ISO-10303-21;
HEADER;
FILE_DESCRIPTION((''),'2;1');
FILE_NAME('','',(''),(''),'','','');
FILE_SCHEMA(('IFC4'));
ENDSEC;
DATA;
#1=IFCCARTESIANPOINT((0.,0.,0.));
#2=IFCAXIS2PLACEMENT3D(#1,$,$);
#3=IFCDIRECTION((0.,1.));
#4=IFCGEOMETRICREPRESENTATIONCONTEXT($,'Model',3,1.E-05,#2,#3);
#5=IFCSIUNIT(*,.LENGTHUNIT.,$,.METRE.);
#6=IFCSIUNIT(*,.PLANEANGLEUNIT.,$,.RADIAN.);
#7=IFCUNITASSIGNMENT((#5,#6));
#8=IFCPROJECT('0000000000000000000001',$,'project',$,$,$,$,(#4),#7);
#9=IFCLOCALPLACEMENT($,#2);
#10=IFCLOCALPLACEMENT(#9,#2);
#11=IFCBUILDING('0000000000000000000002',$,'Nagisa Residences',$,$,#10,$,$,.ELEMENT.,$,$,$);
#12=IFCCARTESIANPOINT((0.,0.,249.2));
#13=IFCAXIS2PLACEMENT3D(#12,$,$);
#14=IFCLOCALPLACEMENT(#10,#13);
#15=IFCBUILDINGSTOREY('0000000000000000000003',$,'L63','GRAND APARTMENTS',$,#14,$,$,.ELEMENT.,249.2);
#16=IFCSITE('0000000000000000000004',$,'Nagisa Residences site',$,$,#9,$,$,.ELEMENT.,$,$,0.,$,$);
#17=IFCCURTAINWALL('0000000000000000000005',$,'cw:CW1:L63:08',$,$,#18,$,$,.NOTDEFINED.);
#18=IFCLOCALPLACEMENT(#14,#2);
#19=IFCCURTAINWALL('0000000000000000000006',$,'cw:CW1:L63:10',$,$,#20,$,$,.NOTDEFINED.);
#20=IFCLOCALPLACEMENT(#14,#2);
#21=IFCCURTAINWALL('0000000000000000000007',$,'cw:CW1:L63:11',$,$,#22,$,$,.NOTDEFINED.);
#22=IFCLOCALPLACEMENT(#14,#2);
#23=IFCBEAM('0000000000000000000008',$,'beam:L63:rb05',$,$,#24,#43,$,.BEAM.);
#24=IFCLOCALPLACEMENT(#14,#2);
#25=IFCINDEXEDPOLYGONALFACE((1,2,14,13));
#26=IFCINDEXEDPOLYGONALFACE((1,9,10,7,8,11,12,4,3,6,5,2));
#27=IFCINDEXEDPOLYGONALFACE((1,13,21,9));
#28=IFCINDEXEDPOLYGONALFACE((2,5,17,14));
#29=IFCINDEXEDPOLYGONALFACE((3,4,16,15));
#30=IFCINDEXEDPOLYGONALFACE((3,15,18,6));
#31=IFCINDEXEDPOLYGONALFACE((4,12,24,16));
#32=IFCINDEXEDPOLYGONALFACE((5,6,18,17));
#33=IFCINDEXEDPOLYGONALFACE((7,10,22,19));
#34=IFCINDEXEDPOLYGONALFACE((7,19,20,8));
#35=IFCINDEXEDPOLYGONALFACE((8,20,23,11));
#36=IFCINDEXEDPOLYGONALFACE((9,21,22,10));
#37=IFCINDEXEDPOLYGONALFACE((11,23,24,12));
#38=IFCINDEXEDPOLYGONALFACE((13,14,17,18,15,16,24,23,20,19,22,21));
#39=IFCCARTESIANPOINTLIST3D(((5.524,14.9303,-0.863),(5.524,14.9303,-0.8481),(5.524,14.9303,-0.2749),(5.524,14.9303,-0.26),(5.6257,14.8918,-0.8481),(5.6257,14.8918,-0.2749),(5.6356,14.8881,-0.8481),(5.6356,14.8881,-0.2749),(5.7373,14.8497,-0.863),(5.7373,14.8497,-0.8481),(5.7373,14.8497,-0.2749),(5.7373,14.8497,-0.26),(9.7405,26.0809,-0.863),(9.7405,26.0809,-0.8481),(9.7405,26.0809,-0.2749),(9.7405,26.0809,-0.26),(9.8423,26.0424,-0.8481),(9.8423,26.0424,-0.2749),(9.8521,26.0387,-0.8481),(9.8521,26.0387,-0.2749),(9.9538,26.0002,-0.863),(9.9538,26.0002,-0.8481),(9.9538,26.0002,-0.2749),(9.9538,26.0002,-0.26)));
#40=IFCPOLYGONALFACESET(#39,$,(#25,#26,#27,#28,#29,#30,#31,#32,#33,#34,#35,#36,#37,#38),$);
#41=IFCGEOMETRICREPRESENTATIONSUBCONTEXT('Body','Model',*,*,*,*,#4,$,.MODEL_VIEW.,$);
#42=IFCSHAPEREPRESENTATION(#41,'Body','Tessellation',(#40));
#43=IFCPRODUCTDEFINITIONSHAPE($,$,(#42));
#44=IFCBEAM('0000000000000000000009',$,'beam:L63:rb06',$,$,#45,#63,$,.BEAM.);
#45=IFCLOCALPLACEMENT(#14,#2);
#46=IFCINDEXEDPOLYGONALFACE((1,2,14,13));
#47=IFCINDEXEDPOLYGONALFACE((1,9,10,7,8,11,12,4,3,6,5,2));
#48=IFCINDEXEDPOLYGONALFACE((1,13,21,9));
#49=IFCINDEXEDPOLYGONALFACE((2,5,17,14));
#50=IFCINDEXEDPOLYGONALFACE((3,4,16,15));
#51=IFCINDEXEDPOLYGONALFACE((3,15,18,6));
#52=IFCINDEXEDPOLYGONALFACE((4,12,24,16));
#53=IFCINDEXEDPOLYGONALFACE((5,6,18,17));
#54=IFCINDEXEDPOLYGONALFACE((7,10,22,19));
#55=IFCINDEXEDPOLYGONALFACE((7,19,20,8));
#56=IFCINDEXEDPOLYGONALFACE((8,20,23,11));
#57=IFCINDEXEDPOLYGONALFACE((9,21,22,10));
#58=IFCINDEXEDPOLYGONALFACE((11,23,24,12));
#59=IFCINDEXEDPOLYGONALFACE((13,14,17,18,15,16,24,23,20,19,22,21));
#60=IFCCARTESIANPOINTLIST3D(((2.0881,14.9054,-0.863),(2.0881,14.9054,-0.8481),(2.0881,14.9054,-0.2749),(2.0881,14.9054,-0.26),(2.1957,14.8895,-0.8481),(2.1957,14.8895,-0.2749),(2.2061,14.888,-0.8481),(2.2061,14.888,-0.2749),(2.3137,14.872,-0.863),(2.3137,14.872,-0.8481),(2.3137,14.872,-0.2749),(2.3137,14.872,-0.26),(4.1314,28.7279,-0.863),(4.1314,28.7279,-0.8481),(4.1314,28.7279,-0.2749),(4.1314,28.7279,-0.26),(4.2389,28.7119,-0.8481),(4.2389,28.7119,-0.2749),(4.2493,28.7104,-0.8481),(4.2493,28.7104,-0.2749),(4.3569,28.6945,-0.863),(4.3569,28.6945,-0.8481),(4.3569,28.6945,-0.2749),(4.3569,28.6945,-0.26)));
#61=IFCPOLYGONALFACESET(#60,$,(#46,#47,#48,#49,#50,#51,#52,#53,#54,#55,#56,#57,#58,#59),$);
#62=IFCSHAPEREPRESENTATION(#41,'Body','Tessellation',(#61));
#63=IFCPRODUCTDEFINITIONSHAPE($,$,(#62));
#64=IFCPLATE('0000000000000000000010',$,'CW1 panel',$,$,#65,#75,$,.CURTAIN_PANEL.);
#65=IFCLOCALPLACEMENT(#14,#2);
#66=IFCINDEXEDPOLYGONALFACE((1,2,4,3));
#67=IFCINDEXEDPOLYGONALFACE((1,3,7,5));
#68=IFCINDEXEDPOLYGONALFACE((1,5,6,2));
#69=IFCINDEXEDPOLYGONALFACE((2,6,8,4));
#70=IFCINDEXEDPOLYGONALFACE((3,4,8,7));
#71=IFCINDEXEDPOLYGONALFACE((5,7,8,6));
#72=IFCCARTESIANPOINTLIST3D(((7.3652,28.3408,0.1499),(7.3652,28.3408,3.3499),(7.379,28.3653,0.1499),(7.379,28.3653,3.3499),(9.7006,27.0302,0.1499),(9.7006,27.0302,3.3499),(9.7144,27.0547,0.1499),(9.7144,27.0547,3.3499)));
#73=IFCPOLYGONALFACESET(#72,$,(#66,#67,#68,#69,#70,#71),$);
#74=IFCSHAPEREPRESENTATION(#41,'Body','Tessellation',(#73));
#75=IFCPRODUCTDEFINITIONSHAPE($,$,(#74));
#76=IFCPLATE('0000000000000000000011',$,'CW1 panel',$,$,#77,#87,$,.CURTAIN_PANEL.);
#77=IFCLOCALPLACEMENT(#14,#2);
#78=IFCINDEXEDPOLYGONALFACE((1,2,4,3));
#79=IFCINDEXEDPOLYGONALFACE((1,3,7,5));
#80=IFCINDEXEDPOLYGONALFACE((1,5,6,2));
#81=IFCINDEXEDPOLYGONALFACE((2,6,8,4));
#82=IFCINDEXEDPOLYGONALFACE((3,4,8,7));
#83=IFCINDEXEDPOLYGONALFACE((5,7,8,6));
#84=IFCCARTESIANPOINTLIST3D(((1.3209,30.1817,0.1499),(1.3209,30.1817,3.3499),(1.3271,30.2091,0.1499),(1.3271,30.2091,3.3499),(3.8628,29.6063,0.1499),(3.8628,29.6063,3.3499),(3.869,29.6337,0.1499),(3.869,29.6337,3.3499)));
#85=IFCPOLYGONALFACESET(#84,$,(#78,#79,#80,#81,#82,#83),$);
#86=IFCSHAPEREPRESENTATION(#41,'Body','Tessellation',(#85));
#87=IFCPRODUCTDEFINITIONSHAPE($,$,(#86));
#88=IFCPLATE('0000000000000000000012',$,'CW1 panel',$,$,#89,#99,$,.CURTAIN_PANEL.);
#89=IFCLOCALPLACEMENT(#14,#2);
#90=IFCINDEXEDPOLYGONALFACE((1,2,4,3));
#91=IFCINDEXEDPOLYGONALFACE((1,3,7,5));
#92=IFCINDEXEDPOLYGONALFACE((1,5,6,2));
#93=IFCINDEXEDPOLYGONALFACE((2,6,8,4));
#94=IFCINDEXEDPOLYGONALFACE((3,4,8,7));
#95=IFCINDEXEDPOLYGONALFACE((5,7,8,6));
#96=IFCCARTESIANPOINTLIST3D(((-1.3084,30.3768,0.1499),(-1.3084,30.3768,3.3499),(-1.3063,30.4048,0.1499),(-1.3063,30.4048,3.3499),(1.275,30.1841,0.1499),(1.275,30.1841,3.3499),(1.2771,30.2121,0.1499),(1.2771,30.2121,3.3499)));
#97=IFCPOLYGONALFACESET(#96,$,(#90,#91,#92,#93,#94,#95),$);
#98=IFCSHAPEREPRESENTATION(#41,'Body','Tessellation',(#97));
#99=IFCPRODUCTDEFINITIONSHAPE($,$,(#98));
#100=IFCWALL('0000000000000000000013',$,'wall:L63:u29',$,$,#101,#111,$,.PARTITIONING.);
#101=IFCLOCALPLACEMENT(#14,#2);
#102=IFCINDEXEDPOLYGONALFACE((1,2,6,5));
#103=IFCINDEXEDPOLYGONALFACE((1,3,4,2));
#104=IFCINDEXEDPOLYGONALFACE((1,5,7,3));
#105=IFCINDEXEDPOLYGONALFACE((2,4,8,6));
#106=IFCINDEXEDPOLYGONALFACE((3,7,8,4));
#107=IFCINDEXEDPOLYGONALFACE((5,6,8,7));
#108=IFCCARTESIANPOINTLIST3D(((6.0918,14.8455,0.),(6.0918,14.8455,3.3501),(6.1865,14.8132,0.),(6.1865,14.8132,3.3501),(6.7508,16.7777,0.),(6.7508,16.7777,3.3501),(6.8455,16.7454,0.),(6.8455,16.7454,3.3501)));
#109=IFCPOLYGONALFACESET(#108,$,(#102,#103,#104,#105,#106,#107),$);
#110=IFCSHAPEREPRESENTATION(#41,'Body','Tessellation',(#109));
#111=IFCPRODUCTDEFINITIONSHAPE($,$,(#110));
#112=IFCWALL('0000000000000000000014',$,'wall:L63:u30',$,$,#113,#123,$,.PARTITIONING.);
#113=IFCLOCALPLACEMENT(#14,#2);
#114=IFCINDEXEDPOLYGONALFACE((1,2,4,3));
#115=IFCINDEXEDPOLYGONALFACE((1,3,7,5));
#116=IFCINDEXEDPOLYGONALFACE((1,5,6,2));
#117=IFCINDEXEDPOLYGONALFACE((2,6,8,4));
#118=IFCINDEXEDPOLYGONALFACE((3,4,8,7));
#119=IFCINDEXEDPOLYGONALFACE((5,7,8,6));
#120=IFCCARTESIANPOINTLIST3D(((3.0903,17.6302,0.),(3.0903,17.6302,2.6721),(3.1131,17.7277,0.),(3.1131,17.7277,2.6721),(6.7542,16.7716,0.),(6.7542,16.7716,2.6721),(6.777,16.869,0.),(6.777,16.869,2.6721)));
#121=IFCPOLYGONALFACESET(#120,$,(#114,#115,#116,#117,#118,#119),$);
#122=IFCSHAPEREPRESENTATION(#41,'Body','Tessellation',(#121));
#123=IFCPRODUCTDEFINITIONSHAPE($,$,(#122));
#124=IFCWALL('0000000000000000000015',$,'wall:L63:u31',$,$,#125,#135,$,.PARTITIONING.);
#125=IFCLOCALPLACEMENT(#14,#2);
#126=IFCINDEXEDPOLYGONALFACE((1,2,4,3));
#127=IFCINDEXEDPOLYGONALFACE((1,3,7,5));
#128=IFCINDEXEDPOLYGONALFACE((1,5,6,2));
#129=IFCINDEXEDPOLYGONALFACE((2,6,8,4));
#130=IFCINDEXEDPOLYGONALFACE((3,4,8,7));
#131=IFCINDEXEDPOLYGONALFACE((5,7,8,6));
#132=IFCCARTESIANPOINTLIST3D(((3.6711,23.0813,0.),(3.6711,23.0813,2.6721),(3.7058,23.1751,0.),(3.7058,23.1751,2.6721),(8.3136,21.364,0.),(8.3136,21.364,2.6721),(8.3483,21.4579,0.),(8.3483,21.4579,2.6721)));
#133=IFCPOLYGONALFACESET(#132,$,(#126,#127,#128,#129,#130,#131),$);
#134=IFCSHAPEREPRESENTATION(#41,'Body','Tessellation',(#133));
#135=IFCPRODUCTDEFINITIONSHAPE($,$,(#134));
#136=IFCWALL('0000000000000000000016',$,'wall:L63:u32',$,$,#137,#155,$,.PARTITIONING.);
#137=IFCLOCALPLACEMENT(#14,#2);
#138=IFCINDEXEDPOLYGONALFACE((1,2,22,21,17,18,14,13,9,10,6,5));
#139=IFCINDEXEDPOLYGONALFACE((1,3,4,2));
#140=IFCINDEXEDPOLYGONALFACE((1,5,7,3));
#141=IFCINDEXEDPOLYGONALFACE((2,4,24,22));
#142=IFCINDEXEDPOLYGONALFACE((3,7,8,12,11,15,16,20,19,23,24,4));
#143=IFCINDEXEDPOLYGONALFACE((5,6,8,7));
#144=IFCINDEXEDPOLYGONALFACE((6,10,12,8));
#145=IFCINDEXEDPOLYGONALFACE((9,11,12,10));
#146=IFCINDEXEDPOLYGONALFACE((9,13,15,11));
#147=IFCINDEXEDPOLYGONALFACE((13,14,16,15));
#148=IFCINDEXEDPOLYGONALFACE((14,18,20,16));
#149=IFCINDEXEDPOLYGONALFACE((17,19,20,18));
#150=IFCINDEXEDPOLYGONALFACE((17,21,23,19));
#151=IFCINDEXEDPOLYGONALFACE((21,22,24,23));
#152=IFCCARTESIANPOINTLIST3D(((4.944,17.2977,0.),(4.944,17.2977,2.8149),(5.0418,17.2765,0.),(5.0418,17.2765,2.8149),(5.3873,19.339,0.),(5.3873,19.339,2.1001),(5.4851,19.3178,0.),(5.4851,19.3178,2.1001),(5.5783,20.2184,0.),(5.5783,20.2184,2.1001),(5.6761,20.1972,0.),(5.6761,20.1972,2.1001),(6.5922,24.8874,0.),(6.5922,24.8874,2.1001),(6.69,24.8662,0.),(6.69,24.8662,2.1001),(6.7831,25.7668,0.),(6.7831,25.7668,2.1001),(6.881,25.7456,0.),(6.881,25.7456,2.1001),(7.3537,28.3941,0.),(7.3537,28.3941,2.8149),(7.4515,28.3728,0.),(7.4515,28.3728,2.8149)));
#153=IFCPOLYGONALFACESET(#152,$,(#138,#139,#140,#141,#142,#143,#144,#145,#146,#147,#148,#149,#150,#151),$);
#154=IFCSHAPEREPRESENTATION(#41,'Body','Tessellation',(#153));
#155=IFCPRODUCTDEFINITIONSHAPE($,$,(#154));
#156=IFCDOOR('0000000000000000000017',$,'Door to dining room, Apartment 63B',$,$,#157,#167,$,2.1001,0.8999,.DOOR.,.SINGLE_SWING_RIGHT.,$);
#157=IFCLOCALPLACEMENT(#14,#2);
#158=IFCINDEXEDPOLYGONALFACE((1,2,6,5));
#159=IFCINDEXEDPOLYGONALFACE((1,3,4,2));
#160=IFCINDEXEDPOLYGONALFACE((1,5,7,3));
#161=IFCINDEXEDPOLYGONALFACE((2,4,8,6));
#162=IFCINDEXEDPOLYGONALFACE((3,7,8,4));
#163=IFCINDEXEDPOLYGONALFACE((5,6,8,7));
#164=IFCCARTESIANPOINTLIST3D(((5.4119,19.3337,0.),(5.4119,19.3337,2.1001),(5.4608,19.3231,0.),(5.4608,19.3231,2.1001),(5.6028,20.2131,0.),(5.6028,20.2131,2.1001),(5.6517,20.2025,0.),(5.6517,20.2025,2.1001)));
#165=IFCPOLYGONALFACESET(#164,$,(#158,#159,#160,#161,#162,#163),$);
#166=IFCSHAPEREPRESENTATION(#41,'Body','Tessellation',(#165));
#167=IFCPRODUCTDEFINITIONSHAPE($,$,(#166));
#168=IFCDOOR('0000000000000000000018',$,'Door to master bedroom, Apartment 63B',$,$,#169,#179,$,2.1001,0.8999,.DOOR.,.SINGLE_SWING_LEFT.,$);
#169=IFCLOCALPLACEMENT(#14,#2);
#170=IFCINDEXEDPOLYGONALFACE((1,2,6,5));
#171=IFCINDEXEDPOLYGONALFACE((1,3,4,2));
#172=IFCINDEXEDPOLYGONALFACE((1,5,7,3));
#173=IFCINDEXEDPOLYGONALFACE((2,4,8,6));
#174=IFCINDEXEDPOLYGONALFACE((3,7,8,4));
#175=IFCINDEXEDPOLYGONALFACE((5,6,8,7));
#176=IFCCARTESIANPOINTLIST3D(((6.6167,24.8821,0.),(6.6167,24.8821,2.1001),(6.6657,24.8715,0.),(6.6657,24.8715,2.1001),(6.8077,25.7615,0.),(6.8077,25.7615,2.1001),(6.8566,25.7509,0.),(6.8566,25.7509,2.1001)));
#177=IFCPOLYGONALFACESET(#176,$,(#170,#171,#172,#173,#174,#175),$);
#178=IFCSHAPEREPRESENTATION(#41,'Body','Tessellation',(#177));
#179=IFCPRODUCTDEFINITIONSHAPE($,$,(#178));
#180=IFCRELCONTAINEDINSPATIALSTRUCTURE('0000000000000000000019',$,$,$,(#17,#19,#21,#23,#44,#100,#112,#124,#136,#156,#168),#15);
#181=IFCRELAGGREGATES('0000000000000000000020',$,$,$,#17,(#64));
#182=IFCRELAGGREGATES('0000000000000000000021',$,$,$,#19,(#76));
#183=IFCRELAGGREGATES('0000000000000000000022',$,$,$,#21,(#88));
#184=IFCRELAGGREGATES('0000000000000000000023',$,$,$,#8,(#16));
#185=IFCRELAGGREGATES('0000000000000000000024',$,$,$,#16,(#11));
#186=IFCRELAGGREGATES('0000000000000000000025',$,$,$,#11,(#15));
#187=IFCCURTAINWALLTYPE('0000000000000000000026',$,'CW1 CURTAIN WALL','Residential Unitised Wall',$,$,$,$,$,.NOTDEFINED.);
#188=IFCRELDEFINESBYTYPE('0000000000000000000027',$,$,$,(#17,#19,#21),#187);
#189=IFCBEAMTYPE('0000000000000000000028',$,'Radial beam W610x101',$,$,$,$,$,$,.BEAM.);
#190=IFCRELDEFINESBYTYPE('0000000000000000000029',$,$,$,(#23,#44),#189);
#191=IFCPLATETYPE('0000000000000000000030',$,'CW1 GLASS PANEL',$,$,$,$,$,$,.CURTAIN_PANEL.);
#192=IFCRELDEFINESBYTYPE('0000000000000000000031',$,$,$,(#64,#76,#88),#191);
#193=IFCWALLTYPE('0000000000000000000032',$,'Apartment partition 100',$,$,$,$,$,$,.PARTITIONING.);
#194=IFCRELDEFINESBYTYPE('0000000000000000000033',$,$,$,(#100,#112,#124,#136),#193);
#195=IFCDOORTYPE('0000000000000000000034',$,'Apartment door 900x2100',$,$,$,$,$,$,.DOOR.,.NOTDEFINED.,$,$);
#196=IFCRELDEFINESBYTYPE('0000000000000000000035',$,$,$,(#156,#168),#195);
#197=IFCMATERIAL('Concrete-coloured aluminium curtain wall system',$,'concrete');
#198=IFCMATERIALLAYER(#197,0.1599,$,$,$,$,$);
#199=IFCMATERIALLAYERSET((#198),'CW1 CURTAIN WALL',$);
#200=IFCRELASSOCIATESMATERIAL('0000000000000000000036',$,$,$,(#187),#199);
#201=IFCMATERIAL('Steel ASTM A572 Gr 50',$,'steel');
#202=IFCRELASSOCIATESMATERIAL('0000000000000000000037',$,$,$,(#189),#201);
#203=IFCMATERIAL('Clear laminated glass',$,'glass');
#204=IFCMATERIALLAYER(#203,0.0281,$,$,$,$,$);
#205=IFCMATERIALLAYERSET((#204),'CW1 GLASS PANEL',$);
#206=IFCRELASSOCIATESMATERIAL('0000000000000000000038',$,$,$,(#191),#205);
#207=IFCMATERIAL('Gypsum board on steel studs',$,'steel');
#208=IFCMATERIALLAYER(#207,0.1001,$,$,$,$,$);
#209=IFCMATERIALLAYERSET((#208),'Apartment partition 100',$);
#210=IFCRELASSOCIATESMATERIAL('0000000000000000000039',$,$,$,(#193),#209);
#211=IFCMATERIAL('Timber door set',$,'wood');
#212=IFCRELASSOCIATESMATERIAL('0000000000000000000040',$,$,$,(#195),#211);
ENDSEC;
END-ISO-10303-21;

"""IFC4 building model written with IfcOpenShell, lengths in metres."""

from ifc_helpers import new_model, si_unit, direction, frame, frame_2d, origin, origin_2d, place, context, subcontext, project, spatial, rectangle, i_section, extrude, material, layer, layer_set, material_profile, profile_set, type_object, element, fill, aggregate, save


model = new_model("IFC4")

# Units and contexts
model_context = context("Model", 3, precision=1e-05, world=origin(), true_north=direction((0.0, 1.0)))
body_context = subcontext(model_context, "Body", "Model", "MODEL_VIEW")
ifc_project = project(units=[si_unit("LENGTHUNIT", "METRE"), si_unit("PLANEANGLEUNIT", "RADIAN")], contexts=[model_context])

# Site, building, storey
site_placement = place(None, origin())
site = spatial("IfcSite", under=ifc_project, at=site_placement, Name="Nagisa Residences site", CompositionType="ELEMENT", RefElevation=0.0)
building_placement = place(site_placement, origin())
building = spatial("IfcBuilding", under=site, at=building_placement, Name="Nagisa Residences", CompositionType="ELEMENT")
storey_placement = place(building_placement, frame((0.0, 0.0, 249.2)))
storey = spatial("IfcBuildingStorey", under=building, at=storey_placement, Name="L63", Description="GRAND APARTMENTS", CompositionType="ELEMENT", Elevation=249.2)

# Curtain walls
ifc_material_1 = material(Name="Concrete-coloured aluminium curtain wall system", Category="concrete")
ifc_layer_1 = layer(ifc_material_1, 0.1599)
ifc_layer_set_1 = layer_set([ifc_layer_1], Name="CW1 CURTAIN WALL")
curtain_wall_type = type_object("IfcCurtainWallType", Name="CW1 CURTAIN WALL", Description="Residential Unitised Wall", PredefinedType="NOTDEFINED", material=ifc_layer_set_1)
curtain_wall_1_placement = place(storey_placement, origin())
curtain_wall_1 = element("IfcCurtainWall", 1, at=curtain_wall_1_placement, inside=storey, type_object=curtain_wall_type, Name="cw:CW1:L63:08", PredefinedType="NOTDEFINED")
curtain_wall_2_placement = place(storey_placement, origin())
curtain_wall_2 = element("IfcCurtainWall", 2, at=curtain_wall_2_placement, inside=storey, type_object=curtain_wall_type, Name="cw:CW1:L63:10", PredefinedType="NOTDEFINED")
curtain_wall_3_placement = place(storey_placement, origin())
curtain_wall_3 = element("IfcCurtainWall", 3, at=curtain_wall_3_placement, inside=storey, type_object=curtain_wall_type, Name="cw:CW1:L63:11", PredefinedType="NOTDEFINED")

# Beams
ifc_material_2 = material(Name="Steel ASTM A572 Gr 50", Category="steel")
ifc_material_profile_1 = material_profile(ifc_material_2, i_section(OverallWidth=0.228, OverallDepth=0.603, WebThickness=0.0105, FlangeThickness=0.0149, at=origin_2d()), Name="W610x101")
ifc_profile_set_1 = profile_set([ifc_material_profile_1], Name="Steel ASTM A572 Gr 50")
beam_type_1 = type_object("IfcBeamType", Name="Radial beam W610x101", PredefinedType="BEAM", material=ifc_profile_set_1)
beam_1_placement = place(storey_placement, frame((9.8472, 26.0405, -0.5615), z_axis=(-0.353701, -0.935359, 0.0), x_axis=(0.935359, -0.353701, 0.0)))
element("IfcBeam", 4, at=beam_1_placement, inside=storey, type_object=beam_type_1, Name="beam:L63:rb05", PredefinedType="BEAM", context=body_context, shape_type="SweptSolid", body=[
    extrude(i_section(OverallWidth=0.228, OverallDepth=0.603, WebThickness=0.0105, FlangeThickness=0.0149, at=origin_2d()), origin(), (0.0, 0.0, 1.0), 11.9211),
])
beam_2_placement = place(storey_placement, frame((4.2441, 28.7112, -0.5615), z_axis=(-0.146229, -0.989251, 0.0), x_axis=(0.989251, -0.146229, 0.0)))
element("IfcBeam", 5, at=beam_2_placement, inside=storey, type_object=beam_type_1, Name="beam:L63:rb06", PredefinedType="BEAM", context=body_context, shape_type="SweptSolid", body=[
    extrude(i_section(OverallWidth=0.228, OverallDepth=0.603, WebThickness=0.0105, FlangeThickness=0.0149, at=origin_2d()), origin(), (0.0, 0.0, 1.0), 13.9727),
])

# Plates
ifc_material_3 = material(Name="Clear laminated glass", Category="glass")
ifc_layer_2 = layer(ifc_material_3, 0.0281)
ifc_layer_set_2 = layer_set([ifc_layer_2], Name="CW1 GLASS PANEL")
plate_type = type_object("IfcPlateType", Name="CW1 GLASS PANEL", PredefinedType="CURTAIN_PANEL", material=ifc_layer_set_2)
plate_1_placement = place(storey_placement, frame((8.5398, 27.6978, 0.1499), z_axis=(0.0, 0.0, 1.0), x_axis=(-0.872072, 0.489377, 0.0)))
plate_1 = element("IfcPlate", 6, at=plate_1_placement, type_object=plate_type, Name="CW1 panel", PredefinedType="CURTAIN_PANEL", context=body_context, shape_type="SweptSolid", body=[
    extrude(rectangle(XDim=2.678, YDim=0.0281, at=origin_2d()), origin(), (0.0, 0.0, 1.0), 3.2),
])
aggregate(curtain_wall_1, [plate_1])
plate_2_placement = place(storey_placement, frame((2.595, 29.9077, 0.1499), z_axis=(0.0, 0.0, 1.0), x_axis=(-0.975327, 0.220764, 0.0)))
plate_2 = element("IfcPlate", 7, at=plate_2_placement, type_object=plate_type, Name="CW1 panel", PredefinedType="CURTAIN_PANEL", context=body_context, shape_type="SweptSolid", body=[
    extrude(rectangle(XDim=2.6062, YDim=0.0281, at=origin_2d()), origin(), (0.0, 0.0, 1.0), 3.2),
])
aggregate(curtain_wall_2, [plate_2])
plate_3_placement = place(storey_placement, frame((-0.0156, 30.2944, 0.1499), z_axis=(0.0, 0.0, 1.0), x_axis=(-0.99723, 0.074377, 0.0)))
plate_3 = element("IfcPlate", 8, at=plate_3_placement, type_object=plate_type, Name="CW1 panel", PredefinedType="CURTAIN_PANEL", context=body_context, shape_type="SweptSolid", body=[
    extrude(rectangle(XDim=2.5906, YDim=0.0281, at=origin_2d()), origin(), (0.0, 0.0, 1.0), 3.2),
])
aggregate(curtain_wall_3, [plate_3])

# Walls
ifc_material_4 = material(Name="Gypsum board on steel studs", Category="steel")
ifc_layer_3 = layer(ifc_material_4, 0.1001)
ifc_layer_set_3 = layer_set([ifc_layer_3], Name="Apartment partition 100")
wall_type_1 = type_object("IfcWallType", Name="Apartment partition 100", PredefinedType="PARTITIONING", material=ifc_layer_set_3)
wall_1_placement = place(storey_placement, frame((6.1392, 14.8293, 0.0), z_axis=(0.0, 0.0, 1.0), x_axis=(0.322786, 0.946472, 0.0)))
element("IfcWall", 9, at=wall_1_placement, inside=storey, type_object=wall_type_1, Name="wall:L63:u29", PredefinedType="PARTITIONING", context=body_context, shape_type="SweptSolid", body=[
    extrude(rectangle(XDim=2.0415, YDim=0.1001, at=frame_2d((1.0208, 0.0))), origin(), (0.0, 0.0, 1.0), 3.3501),
])
wall_2_placement = place(storey_placement, frame((6.7656, 16.8203, 0.0), z_axis=(0.0, 0.0, 1.0), x_axis=(-0.97362, 0.228175, 0.0)))
element("IfcWall", 10, at=wall_2_placement, inside=storey, type_object=wall_type_1, Name="wall:L63:u30", PredefinedType="PARTITIONING", context=body_context, shape_type="SweptSolid", body=[
    extrude(rectangle(XDim=3.7632, YDim=0.1001, at=frame_2d((1.8816, 0.0))), origin(), (0.0, 0.0, 1.0), 2.6721),
])
wall_3_placement = place(storey_placement, frame((8.3311, 21.4109, 0.0), z_axis=(0.0, 0.0, 1.0), x_axis=(-0.937893, 0.346926, 0.0)))
element("IfcWall", 11, at=wall_3_placement, inside=storey, type_object=wall_type_1, Name="wall:L63:u31", PredefinedType="PARTITIONING", context=body_context, shape_type="SweptSolid", body=[
    extrude(rectangle(XDim=4.95, YDim=0.1001, at=frame_2d((2.4751, 0.0))), origin(), (0.0, 0.0, 1.0), 2.6721),
])

# Wall, openings, doors
wall_4_placement = place(storey_placement, frame((4.9929, 17.2871, 0.0), z_axis=(0.0, 0.0, 1.0), x_axis=(0.212211, 0.977224, 0.0)))
wall_4 = element("IfcWall", 12, at=wall_4_placement, inside=storey, type_object=wall_type_1, Name="wall:L63:u32", PredefinedType="PARTITIONING", context=body_context, shape_type="SweptSolid", body=[
    extrude(rectangle(XDim=11.355, YDim=0.1001, at=frame_2d((5.6775, 0.0))), origin(), (0.0, 0.0, 1.0), 2.8149),
])
opening_1_placement = place(wall_4_placement, frame((2.0889, 0.0, 0.0)))
opening_1 = element("IfcOpeningElement", 13, at=opening_1_placement, cuts=wall_4, PredefinedType="OPENING", context=body_context, shape_type="SweptSolid", body=[
    extrude(rectangle(XDim=0.8999, YDim=2.1001, at=frame_2d((0.45, 1.05))), frame((0.0, 0.0601, 0.0), z_axis=(0.0, -1.0, 0.0), x_axis=(1.0, 0.0, 0.0)), (0.0, 0.0, 1.0), 0.1201),
])
opening_2_placement = place(wall_4_placement, frame((7.7666, 0.0, 0.0)))
opening_2 = element("IfcOpeningElement", 14, at=opening_2_placement, cuts=wall_4, PredefinedType="OPENING", context=body_context, shape_type="SweptSolid", body=[
    extrude(rectangle(XDim=0.8999, YDim=2.1001, at=frame_2d((0.45, 1.05))), frame((0.0, 0.0601, 0.0), z_axis=(0.0, -1.0, 0.0), x_axis=(1.0, 0.0, 0.0)), (0.0, 0.0, 1.0), 0.1201),
])
ifc_material_5 = material(Name="Timber door set", Category="wood")
door_type_1 = type_object("IfcDoorType", Name="Apartment door 900x2100", OperationType="NOTDEFINED", PredefinedType="DOOR", material=ifc_material_5)
door_1_placement = place(opening_1_placement, origin())
door_1 = element("IfcDoor", 15, at=door_1_placement, inside=storey, type_object=door_type_1, Name="Door to dining room, Apartment 63B", OperationType="SINGLE_SWING_RIGHT", OverallHeight=2.1001, OverallWidth=0.8999, PredefinedType="DOOR", context=body_context, shape_type="SweptSolid", body=[
    extrude(rectangle(XDim=0.8999, YDim=2.1001, at=frame_2d((0.45, 1.05))), frame((0.0, 0.0249, 0.0), z_axis=(0.0, -1.0, 0.0), x_axis=(1.0, 0.0, 0.0)), (0.0, 0.0, 1.0), 0.05),
])
fill(opening_1, door_1)
door_2_placement = place(opening_2_placement, origin())
door_2 = element("IfcDoor", 16, at=door_2_placement, inside=storey, type_object=door_type_1, Name="Door to master bedroom, Apartment 63B", OperationType="SINGLE_SWING_LEFT", OverallHeight=2.1001, OverallWidth=0.8999, PredefinedType="DOOR", context=body_context, shape_type="SweptSolid", body=[
    extrude(rectangle(XDim=0.8999, YDim=2.1001, at=frame_2d((0.45, 1.05))), frame((0.0, 0.0249, 0.0), z_axis=(0.0, -1.0, 0.0), x_axis=(1.0, 0.0, 0.0)), (0.0, 0.0, 1.0), 0.05),
])
fill(opening_2, door_2)

save(model, "model.ifc")
